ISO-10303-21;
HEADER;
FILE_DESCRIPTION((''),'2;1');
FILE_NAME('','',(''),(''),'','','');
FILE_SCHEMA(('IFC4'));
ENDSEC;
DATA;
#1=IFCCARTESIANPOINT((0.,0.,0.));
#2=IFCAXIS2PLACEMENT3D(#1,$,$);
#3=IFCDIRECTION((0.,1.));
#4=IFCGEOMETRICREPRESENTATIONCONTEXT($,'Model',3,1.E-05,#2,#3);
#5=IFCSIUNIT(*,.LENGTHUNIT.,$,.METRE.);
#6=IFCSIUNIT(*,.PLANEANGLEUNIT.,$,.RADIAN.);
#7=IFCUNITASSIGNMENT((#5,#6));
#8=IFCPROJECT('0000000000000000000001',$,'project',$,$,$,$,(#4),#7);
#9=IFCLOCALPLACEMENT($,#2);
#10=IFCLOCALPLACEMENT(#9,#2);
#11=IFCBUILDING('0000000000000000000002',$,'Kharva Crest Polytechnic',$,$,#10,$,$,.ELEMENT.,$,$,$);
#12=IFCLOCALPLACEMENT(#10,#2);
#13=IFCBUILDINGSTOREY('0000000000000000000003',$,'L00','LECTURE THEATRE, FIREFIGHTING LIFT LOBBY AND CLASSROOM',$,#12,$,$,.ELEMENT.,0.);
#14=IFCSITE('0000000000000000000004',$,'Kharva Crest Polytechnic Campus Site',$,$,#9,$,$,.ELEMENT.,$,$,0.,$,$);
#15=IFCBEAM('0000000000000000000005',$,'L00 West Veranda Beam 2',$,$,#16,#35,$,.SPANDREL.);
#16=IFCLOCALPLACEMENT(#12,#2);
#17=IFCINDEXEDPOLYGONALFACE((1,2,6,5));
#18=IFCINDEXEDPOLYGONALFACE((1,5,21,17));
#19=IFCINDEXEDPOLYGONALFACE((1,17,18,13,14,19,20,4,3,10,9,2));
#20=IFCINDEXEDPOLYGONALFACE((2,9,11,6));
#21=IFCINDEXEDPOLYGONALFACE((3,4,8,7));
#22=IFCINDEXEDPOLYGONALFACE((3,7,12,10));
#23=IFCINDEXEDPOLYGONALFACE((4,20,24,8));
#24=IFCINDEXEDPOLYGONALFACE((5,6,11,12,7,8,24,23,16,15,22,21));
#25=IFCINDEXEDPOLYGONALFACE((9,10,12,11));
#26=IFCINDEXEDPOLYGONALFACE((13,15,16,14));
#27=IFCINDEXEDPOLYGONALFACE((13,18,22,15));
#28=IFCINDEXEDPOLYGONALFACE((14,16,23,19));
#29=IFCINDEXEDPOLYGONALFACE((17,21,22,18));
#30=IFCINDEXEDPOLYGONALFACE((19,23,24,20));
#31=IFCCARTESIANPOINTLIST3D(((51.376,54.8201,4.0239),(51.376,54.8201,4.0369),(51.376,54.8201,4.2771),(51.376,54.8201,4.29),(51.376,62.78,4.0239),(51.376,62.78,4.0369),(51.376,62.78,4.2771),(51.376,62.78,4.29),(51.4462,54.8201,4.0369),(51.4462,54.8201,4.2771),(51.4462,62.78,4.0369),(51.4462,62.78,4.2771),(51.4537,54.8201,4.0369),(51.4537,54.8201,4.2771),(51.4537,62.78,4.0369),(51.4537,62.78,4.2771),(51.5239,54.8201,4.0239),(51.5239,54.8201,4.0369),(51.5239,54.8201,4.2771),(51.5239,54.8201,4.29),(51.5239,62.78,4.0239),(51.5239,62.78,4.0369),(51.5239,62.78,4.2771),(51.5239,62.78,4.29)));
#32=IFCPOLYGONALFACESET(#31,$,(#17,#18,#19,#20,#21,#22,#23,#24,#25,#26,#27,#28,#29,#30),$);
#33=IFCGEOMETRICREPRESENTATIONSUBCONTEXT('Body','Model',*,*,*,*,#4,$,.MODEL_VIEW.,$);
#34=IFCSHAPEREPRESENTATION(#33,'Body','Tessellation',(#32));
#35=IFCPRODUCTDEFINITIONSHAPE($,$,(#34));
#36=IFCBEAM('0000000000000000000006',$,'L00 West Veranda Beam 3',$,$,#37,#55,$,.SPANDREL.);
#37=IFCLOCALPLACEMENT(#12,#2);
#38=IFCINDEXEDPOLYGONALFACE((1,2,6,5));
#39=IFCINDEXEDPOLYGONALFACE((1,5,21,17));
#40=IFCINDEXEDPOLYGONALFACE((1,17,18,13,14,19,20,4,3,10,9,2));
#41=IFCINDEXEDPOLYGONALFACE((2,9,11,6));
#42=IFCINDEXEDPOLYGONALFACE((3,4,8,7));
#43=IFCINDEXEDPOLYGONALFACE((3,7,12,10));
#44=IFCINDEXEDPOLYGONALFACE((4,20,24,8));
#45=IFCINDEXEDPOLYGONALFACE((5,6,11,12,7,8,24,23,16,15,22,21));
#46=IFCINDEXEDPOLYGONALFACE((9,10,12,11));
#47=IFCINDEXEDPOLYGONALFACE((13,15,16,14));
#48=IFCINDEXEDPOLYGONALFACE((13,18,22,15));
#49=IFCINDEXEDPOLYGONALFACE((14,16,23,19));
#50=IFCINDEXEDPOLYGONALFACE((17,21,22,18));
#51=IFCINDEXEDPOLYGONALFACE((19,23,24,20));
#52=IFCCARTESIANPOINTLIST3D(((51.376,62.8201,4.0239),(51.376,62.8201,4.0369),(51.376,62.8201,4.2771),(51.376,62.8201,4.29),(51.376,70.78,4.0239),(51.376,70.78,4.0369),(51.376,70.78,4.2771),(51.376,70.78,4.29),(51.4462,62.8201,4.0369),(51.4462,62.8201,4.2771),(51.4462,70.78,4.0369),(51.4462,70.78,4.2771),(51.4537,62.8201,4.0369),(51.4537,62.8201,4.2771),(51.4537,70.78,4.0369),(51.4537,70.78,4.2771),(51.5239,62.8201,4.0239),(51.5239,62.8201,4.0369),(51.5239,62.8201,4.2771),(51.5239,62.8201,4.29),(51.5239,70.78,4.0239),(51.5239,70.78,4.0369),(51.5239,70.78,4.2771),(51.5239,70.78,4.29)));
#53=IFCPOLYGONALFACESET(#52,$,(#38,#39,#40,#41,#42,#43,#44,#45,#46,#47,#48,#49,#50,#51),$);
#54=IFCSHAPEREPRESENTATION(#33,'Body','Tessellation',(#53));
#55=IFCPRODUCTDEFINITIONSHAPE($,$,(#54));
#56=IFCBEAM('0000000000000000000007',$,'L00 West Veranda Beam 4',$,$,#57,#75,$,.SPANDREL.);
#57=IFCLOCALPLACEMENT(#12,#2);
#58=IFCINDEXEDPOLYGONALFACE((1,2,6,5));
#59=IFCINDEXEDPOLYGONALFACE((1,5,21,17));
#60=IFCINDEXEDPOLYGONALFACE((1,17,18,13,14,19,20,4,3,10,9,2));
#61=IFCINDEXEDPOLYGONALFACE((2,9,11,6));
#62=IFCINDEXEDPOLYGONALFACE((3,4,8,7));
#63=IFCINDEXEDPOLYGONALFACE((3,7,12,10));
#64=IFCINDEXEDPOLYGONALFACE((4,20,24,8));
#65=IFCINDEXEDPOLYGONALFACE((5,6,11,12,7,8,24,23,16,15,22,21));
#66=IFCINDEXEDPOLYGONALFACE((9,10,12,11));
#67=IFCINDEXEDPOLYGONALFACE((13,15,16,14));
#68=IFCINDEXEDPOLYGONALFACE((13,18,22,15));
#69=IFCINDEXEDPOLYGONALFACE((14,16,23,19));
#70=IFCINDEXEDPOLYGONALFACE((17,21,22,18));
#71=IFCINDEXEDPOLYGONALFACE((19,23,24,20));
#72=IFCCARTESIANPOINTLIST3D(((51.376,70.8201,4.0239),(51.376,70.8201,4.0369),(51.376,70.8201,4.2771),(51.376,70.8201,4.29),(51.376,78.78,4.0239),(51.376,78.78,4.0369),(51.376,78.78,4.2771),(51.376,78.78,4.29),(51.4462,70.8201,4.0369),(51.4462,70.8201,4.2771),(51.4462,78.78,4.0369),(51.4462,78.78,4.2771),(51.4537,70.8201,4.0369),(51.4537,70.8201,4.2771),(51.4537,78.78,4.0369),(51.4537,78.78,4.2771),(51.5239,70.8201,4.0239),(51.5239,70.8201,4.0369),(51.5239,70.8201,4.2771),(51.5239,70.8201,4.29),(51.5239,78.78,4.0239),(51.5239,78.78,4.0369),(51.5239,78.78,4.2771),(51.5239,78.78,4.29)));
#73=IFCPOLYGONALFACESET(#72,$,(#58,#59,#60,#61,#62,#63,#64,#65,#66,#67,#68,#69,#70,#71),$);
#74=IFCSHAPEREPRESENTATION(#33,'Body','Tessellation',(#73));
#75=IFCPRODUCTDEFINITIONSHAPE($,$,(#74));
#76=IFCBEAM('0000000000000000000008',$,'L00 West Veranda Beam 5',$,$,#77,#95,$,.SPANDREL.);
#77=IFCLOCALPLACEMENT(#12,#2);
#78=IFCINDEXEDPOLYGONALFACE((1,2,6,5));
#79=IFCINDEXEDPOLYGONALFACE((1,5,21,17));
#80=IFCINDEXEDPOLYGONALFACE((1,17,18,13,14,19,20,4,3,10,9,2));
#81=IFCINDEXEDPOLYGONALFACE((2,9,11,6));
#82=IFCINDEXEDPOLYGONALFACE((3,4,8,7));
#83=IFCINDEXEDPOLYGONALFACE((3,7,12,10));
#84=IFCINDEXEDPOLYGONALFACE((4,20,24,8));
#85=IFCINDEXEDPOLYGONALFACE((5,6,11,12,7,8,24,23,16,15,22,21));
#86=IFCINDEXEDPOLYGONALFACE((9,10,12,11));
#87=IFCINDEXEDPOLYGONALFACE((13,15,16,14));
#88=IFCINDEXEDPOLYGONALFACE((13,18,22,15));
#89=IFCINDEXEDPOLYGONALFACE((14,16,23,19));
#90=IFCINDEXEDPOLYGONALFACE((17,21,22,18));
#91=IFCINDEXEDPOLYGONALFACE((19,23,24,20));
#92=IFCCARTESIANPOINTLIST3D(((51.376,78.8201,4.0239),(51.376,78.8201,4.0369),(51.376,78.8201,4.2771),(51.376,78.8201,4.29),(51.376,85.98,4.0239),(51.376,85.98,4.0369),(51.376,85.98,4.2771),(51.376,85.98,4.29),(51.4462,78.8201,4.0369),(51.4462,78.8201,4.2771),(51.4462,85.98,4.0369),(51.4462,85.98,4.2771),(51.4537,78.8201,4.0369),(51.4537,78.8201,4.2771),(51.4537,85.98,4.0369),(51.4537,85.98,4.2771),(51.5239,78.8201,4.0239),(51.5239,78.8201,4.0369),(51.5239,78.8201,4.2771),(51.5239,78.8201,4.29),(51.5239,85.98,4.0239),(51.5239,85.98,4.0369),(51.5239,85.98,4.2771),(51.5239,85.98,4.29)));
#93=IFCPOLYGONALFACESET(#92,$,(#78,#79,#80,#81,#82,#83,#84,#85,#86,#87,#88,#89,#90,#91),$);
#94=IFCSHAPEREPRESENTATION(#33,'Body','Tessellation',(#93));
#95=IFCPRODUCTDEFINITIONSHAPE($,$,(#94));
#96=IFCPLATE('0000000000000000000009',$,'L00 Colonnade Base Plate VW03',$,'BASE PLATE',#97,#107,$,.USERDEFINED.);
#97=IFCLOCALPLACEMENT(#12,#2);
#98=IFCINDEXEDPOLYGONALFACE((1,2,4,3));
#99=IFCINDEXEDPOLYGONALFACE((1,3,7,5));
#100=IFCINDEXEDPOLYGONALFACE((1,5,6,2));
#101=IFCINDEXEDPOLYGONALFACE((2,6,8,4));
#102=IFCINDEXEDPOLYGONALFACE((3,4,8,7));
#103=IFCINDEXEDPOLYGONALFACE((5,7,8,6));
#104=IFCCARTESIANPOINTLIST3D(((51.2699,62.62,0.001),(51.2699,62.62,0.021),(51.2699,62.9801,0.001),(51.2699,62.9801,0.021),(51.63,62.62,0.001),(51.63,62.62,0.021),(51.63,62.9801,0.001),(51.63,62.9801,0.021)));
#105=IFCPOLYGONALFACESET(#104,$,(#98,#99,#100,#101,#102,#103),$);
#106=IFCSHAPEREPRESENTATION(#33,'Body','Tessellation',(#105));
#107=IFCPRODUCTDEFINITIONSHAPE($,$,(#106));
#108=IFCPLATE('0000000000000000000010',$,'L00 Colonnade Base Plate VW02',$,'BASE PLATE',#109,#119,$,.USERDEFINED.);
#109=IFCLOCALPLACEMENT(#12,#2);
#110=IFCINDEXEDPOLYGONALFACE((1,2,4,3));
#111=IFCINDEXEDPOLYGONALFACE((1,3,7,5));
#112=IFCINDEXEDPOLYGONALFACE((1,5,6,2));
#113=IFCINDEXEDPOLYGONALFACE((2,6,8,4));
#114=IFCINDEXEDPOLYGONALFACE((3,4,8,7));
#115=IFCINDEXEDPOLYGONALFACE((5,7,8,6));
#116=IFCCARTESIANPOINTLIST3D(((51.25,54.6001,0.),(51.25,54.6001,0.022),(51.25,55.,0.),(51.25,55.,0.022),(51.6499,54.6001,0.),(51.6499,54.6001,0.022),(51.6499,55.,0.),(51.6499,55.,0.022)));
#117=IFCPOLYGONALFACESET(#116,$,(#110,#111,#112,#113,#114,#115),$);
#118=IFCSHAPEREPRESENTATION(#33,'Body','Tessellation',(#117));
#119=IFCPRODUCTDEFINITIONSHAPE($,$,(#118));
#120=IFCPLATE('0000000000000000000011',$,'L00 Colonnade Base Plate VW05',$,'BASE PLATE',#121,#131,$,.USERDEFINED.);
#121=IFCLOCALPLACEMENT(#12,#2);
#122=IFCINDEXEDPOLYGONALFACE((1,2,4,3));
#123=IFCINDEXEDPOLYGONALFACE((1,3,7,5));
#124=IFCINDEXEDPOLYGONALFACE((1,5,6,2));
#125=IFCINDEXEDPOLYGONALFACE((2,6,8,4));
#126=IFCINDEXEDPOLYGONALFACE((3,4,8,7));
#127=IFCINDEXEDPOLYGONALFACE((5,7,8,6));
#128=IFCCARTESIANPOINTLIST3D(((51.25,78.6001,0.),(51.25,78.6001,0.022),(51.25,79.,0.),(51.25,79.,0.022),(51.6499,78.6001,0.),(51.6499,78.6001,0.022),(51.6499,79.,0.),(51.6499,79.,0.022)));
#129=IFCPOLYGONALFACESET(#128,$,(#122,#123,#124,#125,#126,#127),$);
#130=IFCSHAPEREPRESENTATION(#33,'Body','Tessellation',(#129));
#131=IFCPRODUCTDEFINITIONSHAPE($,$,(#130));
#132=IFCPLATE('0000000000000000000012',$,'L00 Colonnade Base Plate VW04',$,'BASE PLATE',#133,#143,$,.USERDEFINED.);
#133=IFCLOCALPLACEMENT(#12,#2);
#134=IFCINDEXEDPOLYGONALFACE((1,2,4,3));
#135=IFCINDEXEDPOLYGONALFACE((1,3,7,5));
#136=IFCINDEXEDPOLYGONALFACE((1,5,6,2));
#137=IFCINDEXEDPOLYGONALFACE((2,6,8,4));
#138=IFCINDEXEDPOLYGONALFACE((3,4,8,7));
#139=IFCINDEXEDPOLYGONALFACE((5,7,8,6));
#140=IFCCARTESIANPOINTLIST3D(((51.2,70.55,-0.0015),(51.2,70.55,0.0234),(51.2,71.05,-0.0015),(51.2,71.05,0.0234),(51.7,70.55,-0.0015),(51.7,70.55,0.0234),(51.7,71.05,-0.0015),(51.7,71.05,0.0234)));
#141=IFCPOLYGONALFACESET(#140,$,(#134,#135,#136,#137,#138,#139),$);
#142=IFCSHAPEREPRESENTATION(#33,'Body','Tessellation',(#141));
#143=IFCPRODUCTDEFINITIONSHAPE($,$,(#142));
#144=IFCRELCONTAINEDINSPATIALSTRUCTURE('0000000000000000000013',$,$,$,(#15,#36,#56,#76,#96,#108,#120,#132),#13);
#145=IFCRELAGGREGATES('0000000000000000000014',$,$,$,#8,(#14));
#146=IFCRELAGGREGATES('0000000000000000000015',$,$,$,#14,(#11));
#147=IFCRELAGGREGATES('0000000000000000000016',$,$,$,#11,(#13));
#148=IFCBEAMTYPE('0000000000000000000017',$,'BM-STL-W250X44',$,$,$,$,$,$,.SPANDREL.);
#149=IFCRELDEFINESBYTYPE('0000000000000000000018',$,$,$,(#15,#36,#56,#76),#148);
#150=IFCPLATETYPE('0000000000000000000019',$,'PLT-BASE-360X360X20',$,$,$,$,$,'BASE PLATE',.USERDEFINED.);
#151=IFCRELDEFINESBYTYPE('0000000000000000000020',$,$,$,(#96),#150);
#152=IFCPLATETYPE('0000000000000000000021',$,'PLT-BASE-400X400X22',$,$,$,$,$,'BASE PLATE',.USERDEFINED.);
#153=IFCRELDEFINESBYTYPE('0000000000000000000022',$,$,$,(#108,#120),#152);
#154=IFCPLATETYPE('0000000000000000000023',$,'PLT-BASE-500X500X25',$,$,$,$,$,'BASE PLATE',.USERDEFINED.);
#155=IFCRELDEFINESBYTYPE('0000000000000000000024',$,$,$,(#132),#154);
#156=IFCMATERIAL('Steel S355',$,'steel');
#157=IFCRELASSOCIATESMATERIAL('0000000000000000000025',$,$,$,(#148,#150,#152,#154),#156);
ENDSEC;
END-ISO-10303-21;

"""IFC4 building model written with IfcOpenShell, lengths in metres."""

from ifc_helpers import new_model, si_unit, direction, frame, origin, origin_2d, place, context, subcontext, project, spatial, rectangle, i_section, extrude, material, material_profile, profile_set, type_object, element, save


model = new_model("IFC4")

# Units and contexts
model_context = context("Model", 3, precision=1e-05, world=origin(), true_north=direction((0.0, 1.0)))
body_context = subcontext(model_context, "Body", "Model", "MODEL_VIEW")
ifc_project = project(units=[si_unit("LENGTHUNIT", "METRE"), si_unit("PLANEANGLEUNIT", "RADIAN")], contexts=[model_context])

# Site, building, storey
site_placement = place(None, origin())
site = spatial("IfcSite", under=ifc_project, at=site_placement, Name="Kharva Crest Polytechnic Campus Site", CompositionType="ELEMENT", RefElevation=0.0)
building_placement = place(site_placement, origin())
building = spatial("IfcBuilding", under=site, at=building_placement, Name="Kharva Crest Polytechnic", CompositionType="ELEMENT")
storey_placement = place(building_placement, origin())
storey = spatial("IfcBuildingStorey", under=building, at=storey_placement, Name="L00", Description="LECTURE THEATRE, FIREFIGHTING LIFT LOBBY AND CLASSROOM", CompositionType="ELEMENT", Elevation=0.0)

# Shared definitions
ifc_material_1 = material(Name="Steel S355", Category="steel")

# Beams
ifc_material_profile_1 = material_profile(ifc_material_1, i_section(OverallWidth=0.1479, OverallDepth=0.2661, WebThickness=0.0076, FlangeThickness=0.0129, at=origin_2d()), Name="W250X44.8")
ifc_profile_set_1 = profile_set([ifc_material_profile_1], Name="Steel S355")
beam_type = type_object("IfcBeamType", Name="BM-STL-W250X44", PredefinedType="SPANDREL", material=ifc_profile_set_1)
for number, where, z_axis, x_axis, name in (
    (1, (51.45, 54.8201, 4.157), (0.0, 1.0, 0.0), (-1.0, 0.0, 0.0), "L00 West Veranda Beam 2"),
    (2, (51.45, 62.8201, 4.157), (0.0, 1.0, 0.0), (-1.0, 0.0, 0.0), "L00 West Veranda Beam 3"),
    (3, (51.45, 70.8201, 4.157), (0.0, 1.0, 0.0), (-1.0, 0.0, 0.0), "L00 West Veranda Beam 4"),
):
    element("IfcBeam", number, at=place(storey_placement, frame(where, z_axis=z_axis, x_axis=x_axis)), inside=storey, type_object=beam_type, Name=name, PredefinedType="SPANDREL", context=body_context, shape_type="SweptSolid", body=[
        extrude(i_section(OverallWidth=0.1479, OverallDepth=0.2661, WebThickness=0.0076, FlangeThickness=0.0129, at=origin_2d()), origin(), (0.0, 0.0, 1.0), 7.96),
    ])
beam_placement = place(storey_placement, frame((51.45, 78.8201, 4.157), z_axis=(0.0, 1.0, 0.0), x_axis=(-1.0, 0.0, 0.0)))
element("IfcBeam", 4, at=beam_placement, inside=storey, type_object=beam_type, Name="L00 West Veranda Beam 5", PredefinedType="SPANDREL", context=body_context, shape_type="SweptSolid", body=[
    extrude(i_section(OverallWidth=0.1479, OverallDepth=0.2661, WebThickness=0.0076, FlangeThickness=0.0129, at=origin_2d()), origin(), (0.0, 0.0, 1.0), 7.1599),
])

# Plates
plate_type_1 = type_object("IfcPlateType", Name="PLT-BASE-360X360X20", ElementType="BASE PLATE", PredefinedType="USERDEFINED", material=ifc_material_1)
plate_1_placement = place(storey_placement, frame((51.45, 62.8, 0.001), z_axis=(0.0, 0.0, 1.0), x_axis=(1.0, 0.0, 0.0)))
element("IfcPlate", 5, at=plate_1_placement, inside=storey, type_object=plate_type_1, Name="L00 Colonnade Base Plate VW03", ObjectType="BASE PLATE", PredefinedType="USERDEFINED", context=body_context, shape_type="SweptSolid", body=[
    extrude(rectangle(XDim=0.3601, YDim=0.3601, at=origin_2d()), origin(), (0.0, 0.0, 1.0), 0.02),
])
plate_type_2 = type_object("IfcPlateType", Name="PLT-BASE-400X400X22", ElementType="BASE PLATE", PredefinedType="USERDEFINED", material=ifc_material_1)
for number, where, z_axis, x_axis, name in (
    (6, (51.45, 54.8, 0.0), (0.0, 0.0, 1.0), (1.0, 0.0, 0.0), "L00 Colonnade Base Plate VW02"),
    (7, (51.45, 78.8, 0.0), (0.0, 0.0, 1.0), (1.0, 0.0, 0.0), "L00 Colonnade Base Plate VW05"),
):
    element("IfcPlate", number, at=place(storey_placement, frame(where, z_axis=z_axis, x_axis=x_axis)), inside=storey, type_object=plate_type_2, Name=name, ObjectType="BASE PLATE", PredefinedType="USERDEFINED", context=body_context, shape_type="SweptSolid", body=[
        extrude(rectangle(XDim=0.3999, YDim=0.3999, at=origin_2d()), origin(), (0.0, 0.0, 1.0), 0.022),
    ])
plate_type_3 = type_object("IfcPlateType", Name="PLT-BASE-500X500X25", ElementType="BASE PLATE", PredefinedType="USERDEFINED", material=ifc_material_1)
plate_2_placement = place(storey_placement, frame((51.45, 70.8, -0.0015), z_axis=(0.0, 0.0, 1.0), x_axis=(1.0, 0.0, 0.0)))
element("IfcPlate", 8, at=plate_2_placement, inside=storey, type_object=plate_type_3, Name="L00 Colonnade Base Plate VW04", ObjectType="BASE PLATE", PredefinedType="USERDEFINED", context=body_context, shape_type="SweptSolid", body=[
    extrude(rectangle(XDim=0.5, YDim=0.5, at=origin_2d()), origin(), (0.0, 0.0, 1.0), 0.0249),
])

save(model, "model.ifc")
